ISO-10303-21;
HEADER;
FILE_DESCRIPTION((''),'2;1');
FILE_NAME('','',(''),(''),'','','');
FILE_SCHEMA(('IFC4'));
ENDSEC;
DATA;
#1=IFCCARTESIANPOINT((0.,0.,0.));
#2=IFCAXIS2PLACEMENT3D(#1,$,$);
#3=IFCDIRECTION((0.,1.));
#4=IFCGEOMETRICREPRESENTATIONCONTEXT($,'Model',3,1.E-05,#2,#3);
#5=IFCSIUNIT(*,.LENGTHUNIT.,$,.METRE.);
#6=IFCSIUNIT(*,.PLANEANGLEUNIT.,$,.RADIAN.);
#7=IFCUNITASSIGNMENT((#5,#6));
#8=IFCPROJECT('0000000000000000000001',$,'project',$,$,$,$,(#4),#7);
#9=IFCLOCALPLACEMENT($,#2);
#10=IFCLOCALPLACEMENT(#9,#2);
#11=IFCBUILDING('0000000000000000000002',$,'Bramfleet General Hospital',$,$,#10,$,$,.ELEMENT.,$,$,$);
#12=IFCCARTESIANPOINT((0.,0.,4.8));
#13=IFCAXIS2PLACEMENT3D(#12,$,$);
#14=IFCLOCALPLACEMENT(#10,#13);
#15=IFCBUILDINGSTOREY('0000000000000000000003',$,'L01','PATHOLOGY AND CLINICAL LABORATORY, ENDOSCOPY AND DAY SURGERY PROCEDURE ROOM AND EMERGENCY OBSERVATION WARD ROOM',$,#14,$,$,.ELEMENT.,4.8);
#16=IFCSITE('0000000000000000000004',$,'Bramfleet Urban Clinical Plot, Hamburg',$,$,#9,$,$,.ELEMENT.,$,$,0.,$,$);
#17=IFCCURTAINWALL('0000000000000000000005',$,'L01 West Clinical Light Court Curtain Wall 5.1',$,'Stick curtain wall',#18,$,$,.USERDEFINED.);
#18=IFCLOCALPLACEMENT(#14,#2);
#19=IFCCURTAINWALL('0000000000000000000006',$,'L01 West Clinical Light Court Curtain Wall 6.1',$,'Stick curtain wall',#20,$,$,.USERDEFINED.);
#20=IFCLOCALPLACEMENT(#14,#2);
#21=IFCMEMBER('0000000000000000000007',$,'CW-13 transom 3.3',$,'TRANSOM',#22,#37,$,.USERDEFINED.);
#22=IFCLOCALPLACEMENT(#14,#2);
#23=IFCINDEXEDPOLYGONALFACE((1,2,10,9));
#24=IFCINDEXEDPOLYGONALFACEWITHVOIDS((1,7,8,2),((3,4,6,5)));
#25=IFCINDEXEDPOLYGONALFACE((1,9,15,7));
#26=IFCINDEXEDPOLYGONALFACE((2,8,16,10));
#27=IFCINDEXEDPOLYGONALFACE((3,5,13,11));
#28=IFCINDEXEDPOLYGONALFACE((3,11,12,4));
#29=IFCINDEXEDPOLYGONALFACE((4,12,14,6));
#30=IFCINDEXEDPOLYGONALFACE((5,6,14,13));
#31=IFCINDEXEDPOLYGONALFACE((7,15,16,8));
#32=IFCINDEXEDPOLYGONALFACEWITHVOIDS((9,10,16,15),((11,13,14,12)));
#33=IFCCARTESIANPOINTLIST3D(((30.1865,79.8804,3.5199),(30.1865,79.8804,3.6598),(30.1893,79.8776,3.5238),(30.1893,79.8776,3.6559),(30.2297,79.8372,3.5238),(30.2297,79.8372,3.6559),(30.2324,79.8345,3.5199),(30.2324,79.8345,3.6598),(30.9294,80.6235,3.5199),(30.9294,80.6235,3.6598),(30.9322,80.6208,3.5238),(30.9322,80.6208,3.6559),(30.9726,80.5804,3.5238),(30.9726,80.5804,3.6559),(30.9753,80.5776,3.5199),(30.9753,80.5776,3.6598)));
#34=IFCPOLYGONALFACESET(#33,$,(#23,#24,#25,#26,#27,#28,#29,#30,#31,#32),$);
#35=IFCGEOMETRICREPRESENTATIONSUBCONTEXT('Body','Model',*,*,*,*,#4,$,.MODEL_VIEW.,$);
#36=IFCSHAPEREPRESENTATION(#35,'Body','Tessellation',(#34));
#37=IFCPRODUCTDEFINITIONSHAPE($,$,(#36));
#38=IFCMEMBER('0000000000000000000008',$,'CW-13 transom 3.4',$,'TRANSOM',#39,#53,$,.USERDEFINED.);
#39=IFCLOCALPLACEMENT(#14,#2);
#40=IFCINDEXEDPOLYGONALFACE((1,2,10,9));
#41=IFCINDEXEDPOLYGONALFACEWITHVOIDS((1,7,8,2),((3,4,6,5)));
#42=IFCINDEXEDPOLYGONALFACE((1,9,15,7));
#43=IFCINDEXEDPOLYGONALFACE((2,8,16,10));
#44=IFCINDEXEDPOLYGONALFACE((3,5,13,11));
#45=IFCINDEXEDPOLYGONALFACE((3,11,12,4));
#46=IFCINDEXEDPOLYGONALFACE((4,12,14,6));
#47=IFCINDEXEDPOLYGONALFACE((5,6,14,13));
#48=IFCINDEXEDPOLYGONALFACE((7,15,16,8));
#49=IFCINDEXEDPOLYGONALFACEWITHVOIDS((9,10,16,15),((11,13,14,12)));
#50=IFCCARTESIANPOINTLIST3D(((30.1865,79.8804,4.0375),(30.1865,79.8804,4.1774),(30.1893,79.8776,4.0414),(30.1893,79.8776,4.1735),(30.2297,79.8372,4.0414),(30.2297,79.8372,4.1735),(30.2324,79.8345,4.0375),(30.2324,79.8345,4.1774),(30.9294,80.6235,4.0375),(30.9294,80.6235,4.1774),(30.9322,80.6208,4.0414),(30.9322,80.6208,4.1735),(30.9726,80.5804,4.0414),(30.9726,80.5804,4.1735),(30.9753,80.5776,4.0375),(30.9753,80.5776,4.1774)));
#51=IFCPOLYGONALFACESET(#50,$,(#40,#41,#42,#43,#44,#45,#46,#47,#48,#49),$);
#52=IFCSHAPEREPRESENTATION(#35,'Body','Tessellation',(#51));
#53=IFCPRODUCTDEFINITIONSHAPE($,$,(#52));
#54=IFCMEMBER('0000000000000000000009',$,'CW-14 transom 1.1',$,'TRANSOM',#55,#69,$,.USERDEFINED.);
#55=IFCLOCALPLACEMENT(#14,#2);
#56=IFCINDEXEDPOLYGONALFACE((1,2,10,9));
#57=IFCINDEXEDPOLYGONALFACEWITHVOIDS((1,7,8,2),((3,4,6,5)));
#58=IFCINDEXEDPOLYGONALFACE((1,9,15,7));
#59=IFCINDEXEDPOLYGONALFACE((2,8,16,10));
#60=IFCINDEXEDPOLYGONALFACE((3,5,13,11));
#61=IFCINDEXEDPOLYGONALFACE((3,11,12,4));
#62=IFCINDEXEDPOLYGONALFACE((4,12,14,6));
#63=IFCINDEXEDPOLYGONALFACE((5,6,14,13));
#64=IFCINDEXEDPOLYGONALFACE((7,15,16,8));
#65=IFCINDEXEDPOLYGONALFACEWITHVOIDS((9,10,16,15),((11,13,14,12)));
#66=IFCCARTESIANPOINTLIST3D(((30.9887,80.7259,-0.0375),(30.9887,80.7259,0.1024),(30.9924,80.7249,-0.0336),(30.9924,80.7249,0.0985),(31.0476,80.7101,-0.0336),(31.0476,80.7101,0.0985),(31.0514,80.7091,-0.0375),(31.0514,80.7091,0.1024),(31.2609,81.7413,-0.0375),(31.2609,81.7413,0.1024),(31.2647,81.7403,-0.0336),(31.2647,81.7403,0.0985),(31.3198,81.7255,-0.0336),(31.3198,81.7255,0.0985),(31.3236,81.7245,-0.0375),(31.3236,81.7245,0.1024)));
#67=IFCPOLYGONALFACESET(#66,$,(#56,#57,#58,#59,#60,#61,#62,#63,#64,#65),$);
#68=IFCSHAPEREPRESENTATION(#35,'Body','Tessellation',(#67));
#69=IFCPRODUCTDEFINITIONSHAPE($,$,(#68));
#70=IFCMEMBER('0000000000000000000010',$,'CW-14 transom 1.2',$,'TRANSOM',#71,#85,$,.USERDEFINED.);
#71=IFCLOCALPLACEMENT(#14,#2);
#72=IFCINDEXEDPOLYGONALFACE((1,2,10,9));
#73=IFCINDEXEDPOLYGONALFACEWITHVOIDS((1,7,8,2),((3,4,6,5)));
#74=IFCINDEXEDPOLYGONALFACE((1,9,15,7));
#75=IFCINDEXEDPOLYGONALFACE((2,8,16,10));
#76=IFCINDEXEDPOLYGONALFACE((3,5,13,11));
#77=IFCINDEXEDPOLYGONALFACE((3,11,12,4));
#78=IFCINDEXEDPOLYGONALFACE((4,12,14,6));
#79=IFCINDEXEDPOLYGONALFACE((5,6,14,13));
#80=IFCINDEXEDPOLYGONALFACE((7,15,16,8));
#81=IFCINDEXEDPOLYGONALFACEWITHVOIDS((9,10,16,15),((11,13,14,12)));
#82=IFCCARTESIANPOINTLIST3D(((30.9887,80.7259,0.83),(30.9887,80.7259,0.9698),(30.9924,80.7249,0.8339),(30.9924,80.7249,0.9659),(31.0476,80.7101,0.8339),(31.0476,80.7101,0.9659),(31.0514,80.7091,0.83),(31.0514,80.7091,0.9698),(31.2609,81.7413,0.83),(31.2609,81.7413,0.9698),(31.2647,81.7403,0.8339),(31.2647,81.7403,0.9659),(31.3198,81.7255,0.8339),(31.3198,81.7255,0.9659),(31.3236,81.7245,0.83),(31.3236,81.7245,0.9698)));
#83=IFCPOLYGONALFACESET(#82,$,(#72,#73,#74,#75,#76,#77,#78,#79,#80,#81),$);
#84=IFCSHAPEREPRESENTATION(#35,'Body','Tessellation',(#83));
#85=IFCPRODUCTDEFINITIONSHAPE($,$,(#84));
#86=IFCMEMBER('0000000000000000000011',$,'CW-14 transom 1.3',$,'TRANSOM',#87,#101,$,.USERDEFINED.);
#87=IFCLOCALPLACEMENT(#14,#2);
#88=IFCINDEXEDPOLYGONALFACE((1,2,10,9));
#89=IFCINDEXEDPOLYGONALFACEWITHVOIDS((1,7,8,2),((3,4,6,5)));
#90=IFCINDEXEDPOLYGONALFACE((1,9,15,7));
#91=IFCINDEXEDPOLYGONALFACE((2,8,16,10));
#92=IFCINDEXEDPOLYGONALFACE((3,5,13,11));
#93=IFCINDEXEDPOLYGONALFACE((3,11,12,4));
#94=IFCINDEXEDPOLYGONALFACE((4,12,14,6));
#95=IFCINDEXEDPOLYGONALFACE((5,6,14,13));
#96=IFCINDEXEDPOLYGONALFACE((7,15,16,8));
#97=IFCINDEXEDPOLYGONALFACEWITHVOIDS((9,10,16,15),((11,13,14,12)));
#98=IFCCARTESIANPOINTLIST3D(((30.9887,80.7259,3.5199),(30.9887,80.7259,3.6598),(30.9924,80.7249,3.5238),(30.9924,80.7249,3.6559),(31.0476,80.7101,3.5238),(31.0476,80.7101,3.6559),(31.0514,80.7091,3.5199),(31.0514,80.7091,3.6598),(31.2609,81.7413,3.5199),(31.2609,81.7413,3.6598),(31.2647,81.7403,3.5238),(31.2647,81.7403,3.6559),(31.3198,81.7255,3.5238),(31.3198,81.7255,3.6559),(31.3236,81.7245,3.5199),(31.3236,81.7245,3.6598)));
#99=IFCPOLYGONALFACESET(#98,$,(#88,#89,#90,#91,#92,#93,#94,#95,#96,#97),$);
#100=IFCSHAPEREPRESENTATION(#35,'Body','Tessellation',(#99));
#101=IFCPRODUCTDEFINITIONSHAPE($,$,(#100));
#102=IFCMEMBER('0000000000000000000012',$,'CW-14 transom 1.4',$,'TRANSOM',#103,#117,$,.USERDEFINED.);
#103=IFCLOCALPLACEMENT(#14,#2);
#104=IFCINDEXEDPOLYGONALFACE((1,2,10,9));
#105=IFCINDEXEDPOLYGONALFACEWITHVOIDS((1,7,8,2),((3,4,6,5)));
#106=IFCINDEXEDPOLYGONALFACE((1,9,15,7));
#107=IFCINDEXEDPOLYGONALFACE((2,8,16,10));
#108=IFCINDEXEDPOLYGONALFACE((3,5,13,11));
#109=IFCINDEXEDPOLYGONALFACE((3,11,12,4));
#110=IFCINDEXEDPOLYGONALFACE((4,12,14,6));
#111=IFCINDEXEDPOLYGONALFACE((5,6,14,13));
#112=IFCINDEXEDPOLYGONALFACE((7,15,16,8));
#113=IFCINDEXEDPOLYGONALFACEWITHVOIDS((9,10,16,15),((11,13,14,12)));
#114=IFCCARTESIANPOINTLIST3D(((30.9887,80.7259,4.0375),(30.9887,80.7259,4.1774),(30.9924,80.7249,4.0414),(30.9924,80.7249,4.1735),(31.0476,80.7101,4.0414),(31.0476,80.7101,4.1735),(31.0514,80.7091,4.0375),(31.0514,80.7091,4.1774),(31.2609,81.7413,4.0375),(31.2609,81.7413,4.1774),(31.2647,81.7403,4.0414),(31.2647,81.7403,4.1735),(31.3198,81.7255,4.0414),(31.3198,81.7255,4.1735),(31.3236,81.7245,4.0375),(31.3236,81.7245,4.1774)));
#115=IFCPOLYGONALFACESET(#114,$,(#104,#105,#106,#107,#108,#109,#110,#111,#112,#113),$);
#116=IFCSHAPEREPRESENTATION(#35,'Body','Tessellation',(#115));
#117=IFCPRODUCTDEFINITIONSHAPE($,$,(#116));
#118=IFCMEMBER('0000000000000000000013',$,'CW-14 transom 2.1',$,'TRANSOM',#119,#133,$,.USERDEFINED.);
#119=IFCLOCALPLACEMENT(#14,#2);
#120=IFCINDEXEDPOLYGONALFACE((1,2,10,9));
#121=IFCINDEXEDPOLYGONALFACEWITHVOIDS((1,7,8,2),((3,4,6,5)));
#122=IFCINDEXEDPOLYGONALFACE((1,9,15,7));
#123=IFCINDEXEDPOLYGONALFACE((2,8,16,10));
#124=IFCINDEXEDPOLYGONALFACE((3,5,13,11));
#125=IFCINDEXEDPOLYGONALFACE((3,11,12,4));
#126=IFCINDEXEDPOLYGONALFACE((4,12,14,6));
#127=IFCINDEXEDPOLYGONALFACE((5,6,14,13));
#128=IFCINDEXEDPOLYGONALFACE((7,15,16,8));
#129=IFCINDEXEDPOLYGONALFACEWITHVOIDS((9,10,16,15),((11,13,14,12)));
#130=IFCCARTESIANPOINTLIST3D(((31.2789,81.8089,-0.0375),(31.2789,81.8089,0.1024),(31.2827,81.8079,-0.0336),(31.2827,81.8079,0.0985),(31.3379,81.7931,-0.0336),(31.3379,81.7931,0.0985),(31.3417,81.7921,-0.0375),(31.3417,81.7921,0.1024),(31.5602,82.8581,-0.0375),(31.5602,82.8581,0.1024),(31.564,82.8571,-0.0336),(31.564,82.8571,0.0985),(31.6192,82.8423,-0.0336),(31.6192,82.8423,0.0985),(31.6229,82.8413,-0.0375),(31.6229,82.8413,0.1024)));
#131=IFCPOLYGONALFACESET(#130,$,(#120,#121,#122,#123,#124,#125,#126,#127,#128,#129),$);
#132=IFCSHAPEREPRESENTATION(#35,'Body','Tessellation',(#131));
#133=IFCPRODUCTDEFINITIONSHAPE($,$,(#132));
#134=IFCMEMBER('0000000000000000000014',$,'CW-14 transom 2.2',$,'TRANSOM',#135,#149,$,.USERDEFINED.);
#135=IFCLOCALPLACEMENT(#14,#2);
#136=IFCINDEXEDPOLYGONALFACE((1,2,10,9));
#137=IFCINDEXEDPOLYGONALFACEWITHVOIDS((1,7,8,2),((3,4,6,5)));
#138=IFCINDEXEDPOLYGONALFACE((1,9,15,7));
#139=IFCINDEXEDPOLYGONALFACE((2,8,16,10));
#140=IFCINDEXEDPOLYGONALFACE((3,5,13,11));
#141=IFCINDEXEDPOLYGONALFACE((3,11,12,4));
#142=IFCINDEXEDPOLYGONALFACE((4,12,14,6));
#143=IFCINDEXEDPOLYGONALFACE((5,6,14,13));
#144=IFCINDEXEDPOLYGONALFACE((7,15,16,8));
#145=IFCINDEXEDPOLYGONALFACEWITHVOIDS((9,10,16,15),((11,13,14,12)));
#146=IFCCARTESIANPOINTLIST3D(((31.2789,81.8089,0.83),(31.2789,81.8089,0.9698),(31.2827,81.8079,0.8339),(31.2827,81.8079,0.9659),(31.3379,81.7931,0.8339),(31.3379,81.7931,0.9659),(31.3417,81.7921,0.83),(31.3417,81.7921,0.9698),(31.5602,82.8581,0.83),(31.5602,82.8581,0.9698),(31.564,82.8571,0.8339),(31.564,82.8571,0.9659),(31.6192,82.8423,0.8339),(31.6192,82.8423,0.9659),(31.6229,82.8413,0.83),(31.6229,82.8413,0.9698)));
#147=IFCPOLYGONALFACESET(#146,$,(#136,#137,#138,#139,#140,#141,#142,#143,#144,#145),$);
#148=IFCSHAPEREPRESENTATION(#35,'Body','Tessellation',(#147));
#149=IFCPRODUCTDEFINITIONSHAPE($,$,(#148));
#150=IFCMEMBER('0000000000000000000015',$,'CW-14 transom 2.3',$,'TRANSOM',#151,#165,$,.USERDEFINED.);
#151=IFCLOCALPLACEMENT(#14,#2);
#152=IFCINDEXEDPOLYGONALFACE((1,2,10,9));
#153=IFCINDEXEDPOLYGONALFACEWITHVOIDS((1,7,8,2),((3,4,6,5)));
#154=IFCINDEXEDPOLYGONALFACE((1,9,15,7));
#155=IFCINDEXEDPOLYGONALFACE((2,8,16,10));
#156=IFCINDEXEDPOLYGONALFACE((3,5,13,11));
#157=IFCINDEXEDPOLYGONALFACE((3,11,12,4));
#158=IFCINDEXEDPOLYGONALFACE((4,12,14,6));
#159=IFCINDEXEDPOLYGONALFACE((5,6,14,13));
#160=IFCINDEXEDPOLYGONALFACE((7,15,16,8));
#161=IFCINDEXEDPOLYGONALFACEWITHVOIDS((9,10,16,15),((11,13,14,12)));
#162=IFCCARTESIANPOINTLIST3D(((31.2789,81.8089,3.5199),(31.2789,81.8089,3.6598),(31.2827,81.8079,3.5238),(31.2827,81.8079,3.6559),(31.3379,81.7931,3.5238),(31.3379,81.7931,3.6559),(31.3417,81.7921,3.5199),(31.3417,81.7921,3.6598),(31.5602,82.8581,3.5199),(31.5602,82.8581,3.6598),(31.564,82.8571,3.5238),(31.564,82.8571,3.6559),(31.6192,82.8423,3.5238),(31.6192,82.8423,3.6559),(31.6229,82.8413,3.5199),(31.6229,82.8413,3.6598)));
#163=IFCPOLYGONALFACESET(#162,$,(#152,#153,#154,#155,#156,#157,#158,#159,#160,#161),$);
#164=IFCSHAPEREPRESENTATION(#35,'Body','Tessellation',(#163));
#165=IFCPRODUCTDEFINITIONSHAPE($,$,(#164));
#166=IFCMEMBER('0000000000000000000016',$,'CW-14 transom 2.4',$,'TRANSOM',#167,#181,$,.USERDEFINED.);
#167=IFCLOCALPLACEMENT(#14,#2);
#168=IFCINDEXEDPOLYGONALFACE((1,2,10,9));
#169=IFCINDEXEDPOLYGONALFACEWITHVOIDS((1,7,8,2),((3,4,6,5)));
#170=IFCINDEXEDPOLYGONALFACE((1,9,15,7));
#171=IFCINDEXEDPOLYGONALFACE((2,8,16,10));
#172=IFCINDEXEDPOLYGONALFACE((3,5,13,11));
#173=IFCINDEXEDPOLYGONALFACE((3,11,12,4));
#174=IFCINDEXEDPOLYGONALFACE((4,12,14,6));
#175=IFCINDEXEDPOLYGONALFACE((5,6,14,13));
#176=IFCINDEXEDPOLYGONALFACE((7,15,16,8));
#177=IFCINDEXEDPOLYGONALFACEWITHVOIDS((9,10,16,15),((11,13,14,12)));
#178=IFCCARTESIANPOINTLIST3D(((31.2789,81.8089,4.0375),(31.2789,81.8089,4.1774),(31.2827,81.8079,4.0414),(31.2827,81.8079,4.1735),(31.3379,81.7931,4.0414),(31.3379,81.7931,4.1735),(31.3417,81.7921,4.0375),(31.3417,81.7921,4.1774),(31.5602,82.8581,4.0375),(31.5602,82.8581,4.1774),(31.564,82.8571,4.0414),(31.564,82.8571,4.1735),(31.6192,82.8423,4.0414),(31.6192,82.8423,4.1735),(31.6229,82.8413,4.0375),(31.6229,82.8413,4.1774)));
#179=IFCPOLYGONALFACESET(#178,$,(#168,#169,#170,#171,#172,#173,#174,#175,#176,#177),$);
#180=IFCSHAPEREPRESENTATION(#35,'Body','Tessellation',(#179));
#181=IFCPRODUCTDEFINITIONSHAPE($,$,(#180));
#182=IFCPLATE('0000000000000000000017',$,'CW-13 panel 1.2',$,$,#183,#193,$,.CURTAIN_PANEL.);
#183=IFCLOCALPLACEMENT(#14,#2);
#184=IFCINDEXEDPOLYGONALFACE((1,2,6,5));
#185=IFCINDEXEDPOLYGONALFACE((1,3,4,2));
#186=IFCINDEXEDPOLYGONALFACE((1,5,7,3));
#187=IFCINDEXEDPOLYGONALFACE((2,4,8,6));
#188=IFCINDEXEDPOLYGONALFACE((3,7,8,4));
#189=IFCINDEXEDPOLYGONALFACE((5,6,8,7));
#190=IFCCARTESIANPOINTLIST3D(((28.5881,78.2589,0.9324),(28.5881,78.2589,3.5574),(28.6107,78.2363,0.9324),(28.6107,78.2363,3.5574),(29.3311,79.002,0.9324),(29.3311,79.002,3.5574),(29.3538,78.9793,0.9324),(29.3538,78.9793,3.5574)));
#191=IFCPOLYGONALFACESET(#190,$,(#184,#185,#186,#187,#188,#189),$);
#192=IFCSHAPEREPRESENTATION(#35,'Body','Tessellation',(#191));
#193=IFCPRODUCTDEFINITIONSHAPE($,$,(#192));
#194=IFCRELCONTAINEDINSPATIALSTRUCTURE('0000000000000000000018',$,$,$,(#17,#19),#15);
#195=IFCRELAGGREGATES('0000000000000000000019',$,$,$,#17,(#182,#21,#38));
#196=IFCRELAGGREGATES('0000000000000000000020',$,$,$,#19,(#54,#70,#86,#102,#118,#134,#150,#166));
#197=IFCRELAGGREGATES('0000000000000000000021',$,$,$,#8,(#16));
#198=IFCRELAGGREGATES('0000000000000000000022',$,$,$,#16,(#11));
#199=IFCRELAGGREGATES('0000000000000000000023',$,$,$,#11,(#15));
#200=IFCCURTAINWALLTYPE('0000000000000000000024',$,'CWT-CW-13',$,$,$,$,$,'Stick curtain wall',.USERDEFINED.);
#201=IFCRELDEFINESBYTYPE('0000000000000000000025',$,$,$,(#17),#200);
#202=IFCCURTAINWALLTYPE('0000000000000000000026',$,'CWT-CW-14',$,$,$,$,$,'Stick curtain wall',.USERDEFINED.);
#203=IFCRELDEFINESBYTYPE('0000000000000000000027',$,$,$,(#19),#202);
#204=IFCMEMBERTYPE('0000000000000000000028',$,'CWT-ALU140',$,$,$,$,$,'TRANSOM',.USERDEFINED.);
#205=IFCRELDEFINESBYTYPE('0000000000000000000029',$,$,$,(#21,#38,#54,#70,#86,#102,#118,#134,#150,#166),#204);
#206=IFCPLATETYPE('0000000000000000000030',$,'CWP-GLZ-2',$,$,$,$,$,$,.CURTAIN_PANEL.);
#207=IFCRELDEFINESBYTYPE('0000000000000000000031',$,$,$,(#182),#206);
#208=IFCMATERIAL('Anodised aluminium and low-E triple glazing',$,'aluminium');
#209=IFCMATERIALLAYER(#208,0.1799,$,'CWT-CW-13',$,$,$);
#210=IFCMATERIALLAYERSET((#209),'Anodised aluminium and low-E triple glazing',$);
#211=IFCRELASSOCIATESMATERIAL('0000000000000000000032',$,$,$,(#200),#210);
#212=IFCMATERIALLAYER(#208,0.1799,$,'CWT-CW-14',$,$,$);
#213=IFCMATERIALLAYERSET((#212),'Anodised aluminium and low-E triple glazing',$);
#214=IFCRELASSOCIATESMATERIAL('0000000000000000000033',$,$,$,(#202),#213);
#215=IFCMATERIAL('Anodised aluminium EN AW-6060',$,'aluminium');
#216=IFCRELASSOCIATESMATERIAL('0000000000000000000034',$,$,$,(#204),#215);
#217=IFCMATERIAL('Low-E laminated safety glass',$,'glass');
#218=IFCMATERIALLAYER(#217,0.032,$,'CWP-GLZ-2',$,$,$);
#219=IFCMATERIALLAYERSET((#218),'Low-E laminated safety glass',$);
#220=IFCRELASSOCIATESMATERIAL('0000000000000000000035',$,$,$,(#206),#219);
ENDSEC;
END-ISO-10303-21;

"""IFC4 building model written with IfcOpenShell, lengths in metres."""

from ifc_helpers import new_model, si_unit, direction, frame, origin, origin_2d, place, context, subcontext, project, spatial, rectangle, hollow_rectangle, extrude, material, layer, layer_set, material_profile, profile_set, type_object, element, aggregate, save


model = new_model("IFC4")

# Units and contexts
model_context = context("Model", 3, precision=1e-05, world=origin(), true_north=direction((0.0, 1.0)))
body_context = subcontext(model_context, "Body", "Model", "MODEL_VIEW")
ifc_project = project(units=[si_unit("LENGTHUNIT", "METRE"), si_unit("PLANEANGLEUNIT", "RADIAN")], contexts=[model_context])

# Site, building, storey
site_placement = place(None, origin())
site = spatial("IfcSite", under=ifc_project, at=site_placement, Name="Bramfleet Urban Clinical Plot, Hamburg", CompositionType="ELEMENT", RefElevation=0.0)
building_placement = place(site_placement, origin())
building = spatial("IfcBuilding", under=site, at=building_placement, Name="Bramfleet General Hospital", CompositionType="ELEMENT")
storey_placement = place(building_placement, frame((0.0, 0.0, 4.8)))
storey = spatial("IfcBuildingStorey", under=building, at=storey_placement, Name="L01", Description="PATHOLOGY AND CLINICAL LABORATORY, ENDOSCOPY AND DAY SURGERY PROCEDURE ROOM AND EMERGENCY OBSERVATION WARD ROOM", CompositionType="ELEMENT", Elevation=4.8)

# Curtain walls
ifc_material_1 = material(Name="Anodised aluminium and low-E triple glazing", Category="aluminium")
ifc_layer_1 = layer(ifc_material_1, 0.1799, Name="CWT-CW-13")
ifc_layer_set_1 = layer_set([ifc_layer_1], Name="Anodised aluminium and low-E triple glazing")
curtain_wall_type_1 = type_object("IfcCurtainWallType", Name="CWT-CW-13", ElementType="Stick curtain wall", PredefinedType="USERDEFINED", material=ifc_layer_set_1)
curtain_wall_1_placement = place(storey_placement, origin())
curtain_wall_1 = element("IfcCurtainWall", 1, at=curtain_wall_1_placement, inside=storey, type_object=curtain_wall_type_1, Name="L01 West Clinical Light Court Curtain Wall 5.1", ObjectType="Stick curtain wall", PredefinedType="USERDEFINED")
ifc_material_2 = material(Name="Anodised aluminium EN AW-6060", Category="aluminium")
ifc_layer_2 = layer(ifc_material_1, 0.1799, Name="CWT-CW-14")
ifc_layer_set_2 = layer_set([ifc_layer_2], Name="Anodised aluminium and low-E triple glazing")
curtain_wall_type_2 = type_object("IfcCurtainWallType", Name="CWT-CW-14", ElementType="Stick curtain wall", PredefinedType="USERDEFINED", material=ifc_layer_set_2)
curtain_wall_2_placement = place(storey_placement, origin())
curtain_wall_2 = element("IfcCurtainWall", 2, at=curtain_wall_2_placement, inside=storey, type_object=curtain_wall_type_2, Name="L01 West Clinical Light Court Curtain Wall 6.1", ObjectType="Stick curtain wall", PredefinedType="USERDEFINED")

# Members
ifc_material_profile_1 = material_profile(ifc_material_2, hollow_rectangle(XDim=0.0649, YDim=0.1399, WallThickness=0.0039, at=origin_2d()), Name="ALU 140x65x4.0")
ifc_profile_set_1 = profile_set([ifc_material_profile_1], Name="Anodised aluminium EN AW-6060")
member_type_1 = type_object("IfcMemberType", Name="CWT-ALU140", ElementType="TRANSOM", PredefinedType="USERDEFINED", material=ifc_profile_set_1)
member_1_placement = place(storey_placement, frame((30.2095, 79.8574, 3.5898), z_axis=(0.706991, 0.707223, 0.0), x_axis=(-0.707223, 0.706991, 0.0)))
member_1 = element("IfcMember", 3, at=member_1_placement, type_object=member_type_1, Name="CW-13 transom 3.3", ObjectType="TRANSOM", PredefinedType="USERDEFINED", context=body_context, shape_type="SweptSolid", body=[
    extrude(hollow_rectangle(XDim=0.0649, YDim=0.1399, WallThickness=0.0039, at=origin_2d()), origin(), (0.0, 0.0, 1.0), 1.0508),
])
member_2_placement = place(storey_placement, frame((30.2095, 79.8574, 4.1074), z_axis=(0.706991, 0.707223, 0.0), x_axis=(-0.707223, 0.706991, 0.0)))
member_2 = element("IfcMember", 4, at=member_2_placement, type_object=member_type_1, Name="CW-13 transom 3.4", ObjectType="TRANSOM", PredefinedType="USERDEFINED", context=body_context, shape_type="SweptSolid", body=[
    extrude(hollow_rectangle(XDim=0.0649, YDim=0.1399, WallThickness=0.0039, at=origin_2d()), origin(), (0.0, 0.0, 1.0), 1.0508),
])
member_3_placement = place(storey_placement, frame((31.02, 80.7175, 0.0325), z_axis=(0.258949, 0.965891, 0.0), x_axis=(-0.965891, 0.258949, 0.0)))
member_3 = element("IfcMember", 5, at=member_3_placement, type_object=member_type_1, Name="CW-14 transom 1.1", ObjectType="TRANSOM", PredefinedType="USERDEFINED", context=body_context, shape_type="SweptSolid", body=[
    extrude(hollow_rectangle(XDim=0.0649, YDim=0.1399, WallThickness=0.0039, at=origin_2d()), origin(), (0.0, 0.0, 1.0), 1.0513),
])
member_4_placement = place(storey_placement, frame((31.02, 80.7175, 0.8999), z_axis=(0.258949, 0.965891, 0.0), x_axis=(-0.965891, 0.258949, 0.0)))
member_4 = element("IfcMember", 6, at=member_4_placement, type_object=member_type_1, Name="CW-14 transom 1.2", ObjectType="TRANSOM", PredefinedType="USERDEFINED", context=body_context, shape_type="SweptSolid", body=[
    extrude(hollow_rectangle(XDim=0.0649, YDim=0.1399, WallThickness=0.0039, at=origin_2d()), origin(), (0.0, 0.0, 1.0), 1.0513),
])
member_5_placement = place(storey_placement, frame((31.02, 80.7175, 3.5898), z_axis=(0.258949, 0.965891, 0.0), x_axis=(-0.965891, 0.258949, 0.0)))
member_5 = element("IfcMember", 7, at=member_5_placement, type_object=member_type_1, Name="CW-14 transom 1.3", ObjectType="TRANSOM", PredefinedType="USERDEFINED", context=body_context, shape_type="SweptSolid", body=[
    extrude(hollow_rectangle(XDim=0.0649, YDim=0.1399, WallThickness=0.0039, at=origin_2d()), origin(), (0.0, 0.0, 1.0), 1.0513),
])
member_6_placement = place(storey_placement, frame((31.02, 80.7175, 4.1074), z_axis=(0.258949, 0.965891, 0.0), x_axis=(-0.965891, 0.258949, 0.0)))
member_6 = element("IfcMember", 8, at=member_6_placement, type_object=member_type_1, Name="CW-14 transom 1.4", ObjectType="TRANSOM", PredefinedType="USERDEFINED", context=body_context, shape_type="SweptSolid", body=[
    extrude(hollow_rectangle(XDim=0.0649, YDim=0.1399, WallThickness=0.0039, at=origin_2d()), origin(), (0.0, 0.0, 1.0), 1.0513),
])
member_7_placement = place(storey_placement, frame((31.3103, 81.8005, 0.0325), z_axis=(0.25895, 0.965891, 0.0), x_axis=(-0.965891, 0.25895, 0.0)))
member_7 = element("IfcMember", 9, at=member_7_placement, type_object=member_type_1, Name="CW-14 transom 2.1", ObjectType="TRANSOM", PredefinedType="USERDEFINED", context=body_context, shape_type="SweptSolid", body=[
    extrude(hollow_rectangle(XDim=0.0649, YDim=0.1399, WallThickness=0.0039, at=origin_2d()), origin(), (0.0, 0.0, 1.0), 1.0862),
])
member_8_placement = place(storey_placement, frame((31.3103, 81.8005, 0.8999), z_axis=(0.25895, 0.965891, 0.0), x_axis=(-0.965891, 0.25895, 0.0)))
member_8 = element("IfcMember", 10, at=member_8_placement, type_object=member_type_1, Name="CW-14 transom 2.2", ObjectType="TRANSOM", PredefinedType="USERDEFINED", context=body_context, shape_type="SweptSolid", body=[
    extrude(hollow_rectangle(XDim=0.0649, YDim=0.1399, WallThickness=0.0039, at=origin_2d()), origin(), (0.0, 0.0, 1.0), 1.0862),
])
member_9_placement = place(storey_placement, frame((31.3103, 81.8005, 3.5898), z_axis=(0.25895, 0.965891, 0.0), x_axis=(-0.965891, 0.25895, 0.0)))
member_9 = element("IfcMember", 11, at=member_9_placement, type_object=member_type_1, Name="CW-14 transom 2.3", ObjectType="TRANSOM", PredefinedType="USERDEFINED", context=body_context, shape_type="SweptSolid", body=[
    extrude(hollow_rectangle(XDim=0.0649, YDim=0.1399, WallThickness=0.0039, at=origin_2d()), origin(), (0.0, 0.0, 1.0), 1.0862),
])
member_10_placement = place(storey_placement, frame((31.3103, 81.8005, 4.1074), z_axis=(0.25895, 0.965891, 0.0), x_axis=(-0.965891, 0.25895, 0.0)))
member_10 = element("IfcMember", 12, at=member_10_placement, type_object=member_type_1, Name="CW-14 transom 2.4", ObjectType="TRANSOM", PredefinedType="USERDEFINED", context=body_context, shape_type="SweptSolid", body=[
    extrude(hollow_rectangle(XDim=0.0649, YDim=0.1399, WallThickness=0.0039, at=origin_2d()), origin(), (0.0, 0.0, 1.0), 1.0862),
])

# Plate
ifc_material_3 = material(Name="Low-E laminated safety glass", Category="glass")
ifc_layer_3 = layer(ifc_material_3, 0.032, Name="CWP-GLZ-2")
ifc_layer_set_3 = layer_set([ifc_layer_3], Name="Low-E laminated safety glass")
plate_type = type_object("IfcPlateType", Name="CWP-GLZ-2", PredefinedType="CURTAIN_PANEL", material=ifc_layer_set_3)
plate_1_placement = place(storey_placement, frame((28.9709, 78.6191, 0.9324), z_axis=(0.0, 0.0, 1.0), x_axis=(0.707107, 0.707107, 0.0)))
plate_1 = element("IfcPlate", 13, at=plate_1_placement, type_object=plate_type, Name="CW-13 panel 1.2", PredefinedType="CURTAIN_PANEL", context=body_context, shape_type="SweptSolid", body=[
    extrude(rectangle(XDim=1.0508, YDim=0.032, at=origin_2d()), origin(), (0.0, 0.0, 1.0), 2.625),
])
aggregate(curtain_wall_1, [plate_1, member_1, member_2])
aggregate(curtain_wall_2, [member_3, member_4, member_5, member_6, member_7, member_8, member_9, member_10])

save(model, "model.ifc")
